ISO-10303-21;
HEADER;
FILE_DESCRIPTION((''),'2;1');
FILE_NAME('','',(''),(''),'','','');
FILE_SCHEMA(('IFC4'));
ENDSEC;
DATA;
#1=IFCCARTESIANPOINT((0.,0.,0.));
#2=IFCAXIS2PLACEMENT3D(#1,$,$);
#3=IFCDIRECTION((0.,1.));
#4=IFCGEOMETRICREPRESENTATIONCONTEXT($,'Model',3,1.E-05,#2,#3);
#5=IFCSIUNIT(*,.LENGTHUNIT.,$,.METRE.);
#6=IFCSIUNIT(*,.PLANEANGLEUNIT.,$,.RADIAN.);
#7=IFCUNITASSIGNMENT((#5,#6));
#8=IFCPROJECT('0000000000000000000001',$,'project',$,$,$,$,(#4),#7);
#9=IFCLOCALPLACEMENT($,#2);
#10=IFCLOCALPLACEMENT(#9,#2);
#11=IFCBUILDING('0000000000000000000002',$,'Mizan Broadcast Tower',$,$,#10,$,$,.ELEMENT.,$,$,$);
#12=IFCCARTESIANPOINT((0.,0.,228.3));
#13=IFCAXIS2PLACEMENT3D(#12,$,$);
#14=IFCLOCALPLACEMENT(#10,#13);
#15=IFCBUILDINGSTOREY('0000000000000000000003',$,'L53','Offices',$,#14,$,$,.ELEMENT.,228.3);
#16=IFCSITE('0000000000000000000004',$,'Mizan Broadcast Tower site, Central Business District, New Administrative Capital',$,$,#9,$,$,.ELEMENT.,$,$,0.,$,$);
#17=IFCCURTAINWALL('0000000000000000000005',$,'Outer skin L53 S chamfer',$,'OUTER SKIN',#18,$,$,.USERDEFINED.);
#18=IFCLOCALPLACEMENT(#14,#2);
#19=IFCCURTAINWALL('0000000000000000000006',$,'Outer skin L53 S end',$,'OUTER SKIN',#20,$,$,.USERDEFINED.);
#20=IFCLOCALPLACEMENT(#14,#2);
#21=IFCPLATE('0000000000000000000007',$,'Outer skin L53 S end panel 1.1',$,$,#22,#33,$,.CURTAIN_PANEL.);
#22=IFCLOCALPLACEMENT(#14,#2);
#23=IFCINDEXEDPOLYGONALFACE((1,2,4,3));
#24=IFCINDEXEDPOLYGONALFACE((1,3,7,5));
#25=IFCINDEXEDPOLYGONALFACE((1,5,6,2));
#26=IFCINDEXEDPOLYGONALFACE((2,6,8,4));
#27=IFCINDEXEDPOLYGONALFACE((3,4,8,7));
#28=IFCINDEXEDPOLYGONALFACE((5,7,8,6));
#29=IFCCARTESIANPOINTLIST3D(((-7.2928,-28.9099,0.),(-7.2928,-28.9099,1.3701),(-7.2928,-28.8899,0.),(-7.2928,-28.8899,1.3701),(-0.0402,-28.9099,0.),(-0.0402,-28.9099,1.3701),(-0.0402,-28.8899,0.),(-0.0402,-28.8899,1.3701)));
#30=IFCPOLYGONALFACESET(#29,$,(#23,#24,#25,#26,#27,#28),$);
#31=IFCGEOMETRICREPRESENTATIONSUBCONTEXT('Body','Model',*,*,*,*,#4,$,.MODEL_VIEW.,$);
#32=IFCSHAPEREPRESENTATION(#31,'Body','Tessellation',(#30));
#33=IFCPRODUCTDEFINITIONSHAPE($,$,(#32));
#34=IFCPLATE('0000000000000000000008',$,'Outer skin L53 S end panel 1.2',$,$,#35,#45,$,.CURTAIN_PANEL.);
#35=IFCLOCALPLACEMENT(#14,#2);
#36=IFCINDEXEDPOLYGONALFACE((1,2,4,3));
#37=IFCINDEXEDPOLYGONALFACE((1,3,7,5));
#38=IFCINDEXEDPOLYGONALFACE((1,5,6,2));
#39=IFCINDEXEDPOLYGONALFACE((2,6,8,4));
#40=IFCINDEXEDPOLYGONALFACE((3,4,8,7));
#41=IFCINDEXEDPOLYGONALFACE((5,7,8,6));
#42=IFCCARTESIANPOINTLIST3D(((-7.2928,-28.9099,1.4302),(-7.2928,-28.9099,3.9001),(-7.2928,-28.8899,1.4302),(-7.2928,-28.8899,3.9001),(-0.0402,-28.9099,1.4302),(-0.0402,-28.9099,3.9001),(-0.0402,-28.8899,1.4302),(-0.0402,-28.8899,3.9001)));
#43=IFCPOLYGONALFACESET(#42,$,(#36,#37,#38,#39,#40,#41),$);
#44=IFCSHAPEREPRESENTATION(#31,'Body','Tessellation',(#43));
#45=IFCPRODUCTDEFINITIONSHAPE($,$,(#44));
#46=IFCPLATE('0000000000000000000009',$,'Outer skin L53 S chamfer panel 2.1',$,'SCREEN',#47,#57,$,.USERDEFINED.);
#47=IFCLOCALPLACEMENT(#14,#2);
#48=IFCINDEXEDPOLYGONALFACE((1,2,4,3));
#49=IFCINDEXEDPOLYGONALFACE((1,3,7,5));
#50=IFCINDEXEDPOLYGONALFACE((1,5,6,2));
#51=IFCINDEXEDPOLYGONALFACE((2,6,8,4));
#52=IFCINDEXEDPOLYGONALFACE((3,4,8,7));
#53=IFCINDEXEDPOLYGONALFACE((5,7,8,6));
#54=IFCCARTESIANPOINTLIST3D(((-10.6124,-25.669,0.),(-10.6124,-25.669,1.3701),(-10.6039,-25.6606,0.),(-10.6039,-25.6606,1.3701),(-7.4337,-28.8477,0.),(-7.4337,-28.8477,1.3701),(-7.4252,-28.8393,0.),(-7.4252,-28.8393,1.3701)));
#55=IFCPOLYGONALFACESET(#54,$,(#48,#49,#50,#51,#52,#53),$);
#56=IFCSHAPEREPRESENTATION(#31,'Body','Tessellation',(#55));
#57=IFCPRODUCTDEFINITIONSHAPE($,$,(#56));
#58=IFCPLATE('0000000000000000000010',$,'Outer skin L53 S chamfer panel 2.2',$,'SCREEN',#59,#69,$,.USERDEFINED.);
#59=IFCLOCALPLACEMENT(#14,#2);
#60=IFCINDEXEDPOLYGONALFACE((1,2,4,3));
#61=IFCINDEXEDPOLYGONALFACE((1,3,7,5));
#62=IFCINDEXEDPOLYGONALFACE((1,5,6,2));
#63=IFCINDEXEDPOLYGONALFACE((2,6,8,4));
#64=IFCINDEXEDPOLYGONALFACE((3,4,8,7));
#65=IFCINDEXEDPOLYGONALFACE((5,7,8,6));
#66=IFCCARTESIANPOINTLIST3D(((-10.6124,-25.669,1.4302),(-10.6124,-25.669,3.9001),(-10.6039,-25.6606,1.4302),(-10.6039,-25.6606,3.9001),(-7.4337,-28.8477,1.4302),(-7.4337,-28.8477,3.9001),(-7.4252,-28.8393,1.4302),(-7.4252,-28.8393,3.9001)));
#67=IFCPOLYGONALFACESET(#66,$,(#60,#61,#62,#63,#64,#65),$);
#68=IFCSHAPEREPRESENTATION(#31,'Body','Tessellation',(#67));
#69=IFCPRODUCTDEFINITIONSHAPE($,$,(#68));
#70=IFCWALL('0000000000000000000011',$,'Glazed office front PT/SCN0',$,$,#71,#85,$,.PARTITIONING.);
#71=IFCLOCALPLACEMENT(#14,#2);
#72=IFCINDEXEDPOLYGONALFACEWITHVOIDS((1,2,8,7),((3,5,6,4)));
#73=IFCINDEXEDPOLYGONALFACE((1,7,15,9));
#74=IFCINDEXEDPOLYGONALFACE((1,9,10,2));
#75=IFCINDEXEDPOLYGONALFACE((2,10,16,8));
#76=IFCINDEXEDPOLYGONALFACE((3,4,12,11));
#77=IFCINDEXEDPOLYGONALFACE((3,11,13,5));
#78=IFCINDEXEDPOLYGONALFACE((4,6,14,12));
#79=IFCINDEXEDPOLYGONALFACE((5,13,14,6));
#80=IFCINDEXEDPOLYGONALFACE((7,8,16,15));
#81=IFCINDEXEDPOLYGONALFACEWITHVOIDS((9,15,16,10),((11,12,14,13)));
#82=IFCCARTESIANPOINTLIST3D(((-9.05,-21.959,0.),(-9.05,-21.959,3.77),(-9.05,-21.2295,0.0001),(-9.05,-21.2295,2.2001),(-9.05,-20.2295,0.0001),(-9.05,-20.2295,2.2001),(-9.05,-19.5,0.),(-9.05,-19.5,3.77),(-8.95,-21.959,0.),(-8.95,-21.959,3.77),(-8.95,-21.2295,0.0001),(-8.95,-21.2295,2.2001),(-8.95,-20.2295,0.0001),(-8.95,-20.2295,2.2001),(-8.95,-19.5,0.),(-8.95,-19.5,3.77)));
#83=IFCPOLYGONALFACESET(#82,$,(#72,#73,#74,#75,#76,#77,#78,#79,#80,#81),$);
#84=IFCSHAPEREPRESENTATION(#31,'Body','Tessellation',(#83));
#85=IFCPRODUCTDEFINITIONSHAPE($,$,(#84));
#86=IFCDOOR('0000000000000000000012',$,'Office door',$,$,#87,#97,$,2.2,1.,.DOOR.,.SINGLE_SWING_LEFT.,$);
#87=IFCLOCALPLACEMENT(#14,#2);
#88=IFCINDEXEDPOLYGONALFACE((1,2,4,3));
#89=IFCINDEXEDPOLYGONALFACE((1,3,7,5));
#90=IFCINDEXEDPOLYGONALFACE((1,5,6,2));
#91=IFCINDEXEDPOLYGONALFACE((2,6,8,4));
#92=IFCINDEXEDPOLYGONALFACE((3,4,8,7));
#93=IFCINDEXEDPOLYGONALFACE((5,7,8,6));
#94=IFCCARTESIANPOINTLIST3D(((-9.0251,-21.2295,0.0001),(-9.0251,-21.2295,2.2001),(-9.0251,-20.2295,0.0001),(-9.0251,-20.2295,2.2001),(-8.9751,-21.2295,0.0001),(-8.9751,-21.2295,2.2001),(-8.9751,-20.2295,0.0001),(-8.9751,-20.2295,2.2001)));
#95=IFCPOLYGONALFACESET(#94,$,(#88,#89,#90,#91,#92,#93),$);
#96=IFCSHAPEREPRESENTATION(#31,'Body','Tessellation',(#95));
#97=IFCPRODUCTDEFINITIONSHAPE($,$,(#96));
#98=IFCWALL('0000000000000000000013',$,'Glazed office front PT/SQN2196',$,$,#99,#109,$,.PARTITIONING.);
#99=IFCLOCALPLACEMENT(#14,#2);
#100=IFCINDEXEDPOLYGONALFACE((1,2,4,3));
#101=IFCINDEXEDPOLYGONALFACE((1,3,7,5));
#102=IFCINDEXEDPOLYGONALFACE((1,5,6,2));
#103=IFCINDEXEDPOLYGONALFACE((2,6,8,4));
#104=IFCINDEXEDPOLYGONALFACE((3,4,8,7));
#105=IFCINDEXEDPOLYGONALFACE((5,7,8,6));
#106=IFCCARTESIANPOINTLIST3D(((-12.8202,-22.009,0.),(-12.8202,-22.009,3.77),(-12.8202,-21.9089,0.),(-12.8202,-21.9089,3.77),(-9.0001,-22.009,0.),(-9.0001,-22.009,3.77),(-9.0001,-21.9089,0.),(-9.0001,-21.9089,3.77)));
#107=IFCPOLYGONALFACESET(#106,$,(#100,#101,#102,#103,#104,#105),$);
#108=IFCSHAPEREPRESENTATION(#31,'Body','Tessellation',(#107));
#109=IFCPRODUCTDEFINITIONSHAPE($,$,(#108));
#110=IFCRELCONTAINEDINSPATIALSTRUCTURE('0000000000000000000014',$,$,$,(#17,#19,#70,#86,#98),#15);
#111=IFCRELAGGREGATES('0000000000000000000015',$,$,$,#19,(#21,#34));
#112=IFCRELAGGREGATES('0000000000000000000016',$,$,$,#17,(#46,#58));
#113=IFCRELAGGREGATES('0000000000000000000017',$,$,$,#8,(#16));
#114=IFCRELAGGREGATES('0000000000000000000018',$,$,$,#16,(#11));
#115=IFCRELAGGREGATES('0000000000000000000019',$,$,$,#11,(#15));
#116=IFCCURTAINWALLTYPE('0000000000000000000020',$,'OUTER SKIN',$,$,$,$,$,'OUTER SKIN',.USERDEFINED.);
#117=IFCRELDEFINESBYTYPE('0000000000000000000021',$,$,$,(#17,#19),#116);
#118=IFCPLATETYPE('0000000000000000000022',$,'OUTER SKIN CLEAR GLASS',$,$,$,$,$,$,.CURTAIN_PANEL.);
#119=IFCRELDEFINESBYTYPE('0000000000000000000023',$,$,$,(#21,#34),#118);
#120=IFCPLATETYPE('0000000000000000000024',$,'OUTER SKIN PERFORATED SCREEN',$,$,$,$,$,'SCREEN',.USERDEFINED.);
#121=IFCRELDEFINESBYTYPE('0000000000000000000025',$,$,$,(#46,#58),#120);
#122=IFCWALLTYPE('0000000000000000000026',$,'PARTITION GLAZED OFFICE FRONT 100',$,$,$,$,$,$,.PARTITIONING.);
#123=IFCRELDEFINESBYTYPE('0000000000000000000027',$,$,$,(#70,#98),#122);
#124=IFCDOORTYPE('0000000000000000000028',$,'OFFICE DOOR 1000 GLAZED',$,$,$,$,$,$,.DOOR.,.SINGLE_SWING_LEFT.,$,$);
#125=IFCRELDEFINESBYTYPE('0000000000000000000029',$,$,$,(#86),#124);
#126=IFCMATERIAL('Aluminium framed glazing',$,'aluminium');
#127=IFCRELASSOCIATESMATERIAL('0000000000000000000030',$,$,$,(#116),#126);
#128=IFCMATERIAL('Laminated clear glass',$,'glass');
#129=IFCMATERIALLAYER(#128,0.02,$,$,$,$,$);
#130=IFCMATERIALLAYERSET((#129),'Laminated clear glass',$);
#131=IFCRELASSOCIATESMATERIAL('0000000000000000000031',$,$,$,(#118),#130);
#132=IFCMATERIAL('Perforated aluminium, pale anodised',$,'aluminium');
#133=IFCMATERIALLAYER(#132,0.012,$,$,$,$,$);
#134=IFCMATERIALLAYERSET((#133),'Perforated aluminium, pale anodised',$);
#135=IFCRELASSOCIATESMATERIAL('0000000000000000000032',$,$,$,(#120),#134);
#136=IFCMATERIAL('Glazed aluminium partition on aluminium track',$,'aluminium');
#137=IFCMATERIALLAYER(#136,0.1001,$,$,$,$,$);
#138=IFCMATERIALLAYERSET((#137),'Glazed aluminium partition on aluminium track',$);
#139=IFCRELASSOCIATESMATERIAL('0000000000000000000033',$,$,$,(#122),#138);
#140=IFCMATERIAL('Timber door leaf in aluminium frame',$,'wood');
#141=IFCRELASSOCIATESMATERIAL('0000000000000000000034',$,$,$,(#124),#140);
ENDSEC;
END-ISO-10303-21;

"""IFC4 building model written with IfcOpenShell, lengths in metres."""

from ifc_helpers import new_model, si_unit, direction, frame, frame_2d, origin, origin_2d, place, context, subcontext, project, spatial, rectangle, extrude, material, layer, layer_set, type_object, element, fill, aggregate, save


model = new_model("IFC4")

# Units and contexts
model_context = context("Model", 3, precision=1e-05, world=origin(), true_north=direction((0.0, 1.0)))
body_context = subcontext(model_context, "Body", "Model", "MODEL_VIEW")
ifc_project = project(units=[si_unit("LENGTHUNIT", "METRE"), si_unit("PLANEANGLEUNIT", "RADIAN")], contexts=[model_context])

# Site, building, storey
site_placement = place(None, origin())
site = spatial("IfcSite", under=ifc_project, at=site_placement, Name="Mizan Broadcast Tower site, Central Business District, New Administrative Capital", CompositionType="ELEMENT", RefElevation=0.0)
building_placement = place(site_placement, origin())
building = spatial("IfcBuilding", under=site, at=building_placement, Name="Mizan Broadcast Tower", CompositionType="ELEMENT")
storey_placement = place(building_placement, frame((0.0, 0.0, 228.3)))
storey = spatial("IfcBuildingStorey", under=building, at=storey_placement, Name="L53", Description="Offices", CompositionType="ELEMENT", Elevation=228.3)

# Curtain wall
ifc_material_1 = material(Name="Aluminium framed glazing", Category="aluminium")
curtain_wall_type_1 = type_object("IfcCurtainWallType", Name="OUTER SKIN", ElementType="OUTER SKIN", PredefinedType="USERDEFINED", material=ifc_material_1)
curtain_wall_1_placement = place(storey_placement, origin())
curtain_wall_1 = element("IfcCurtainWall", 1, at=curtain_wall_1_placement, inside=storey, type_object=curtain_wall_type_1, Name="Outer skin L53 S chamfer", ObjectType="OUTER SKIN", PredefinedType="USERDEFINED")

# Curtain wall
curtain_wall_2_placement = place(storey_placement, origin())
curtain_wall_2 = element("IfcCurtainWall", 2, at=curtain_wall_2_placement, inside=storey, type_object=curtain_wall_type_1, Name="Outer skin L53 S end", ObjectType="OUTER SKIN", PredefinedType="USERDEFINED")

# Plates
ifc_material_2 = material(Name="Laminated clear glass", Category="glass")
ifc_layer_1 = layer(ifc_material_2, 0.02)
ifc_layer_set_1 = layer_set([ifc_layer_1], Name="Laminated clear glass")
plate_type_1 = type_object("IfcPlateType", Name="OUTER SKIN CLEAR GLASS", PredefinedType="CURTAIN_PANEL", material=ifc_layer_set_1)
plate_1_placement = place(storey_placement, frame((-3.6665, -28.8999, 0.0), z_axis=(0.0, 0.0, 1.0), x_axis=(1.0, 0.0, 0.0)))
plate_1 = element("IfcPlate", 3, at=plate_1_placement, type_object=plate_type_1, Name="Outer skin L53 S end panel 1.1", PredefinedType="CURTAIN_PANEL", context=body_context, shape_type="SweptSolid", body=[
    extrude(rectangle(XDim=7.2527, YDim=0.02, at=origin_2d()), origin(), (0.0, 0.0, 1.0), 1.3701),
])
plate_2_placement = place(storey_placement, frame((-3.6665, -28.8999, 1.4302), z_axis=(0.0, 0.0, 1.0), x_axis=(1.0, 0.0, 0.0)))
plate_2 = element("IfcPlate", 4, at=plate_2_placement, type_object=plate_type_1, Name="Outer skin L53 S end panel 1.2", PredefinedType="CURTAIN_PANEL", context=body_context, shape_type="SweptSolid", body=[
    extrude(rectangle(XDim=7.2527, YDim=0.02, at=origin_2d()), origin(), (0.0, 0.0, 1.0), 2.47),
])
aggregate(curtain_wall_2, [plate_1, plate_2])
ifc_material_3 = material(Name="Perforated aluminium, pale anodised", Category="aluminium")
ifc_layer_2 = layer(ifc_material_3, 0.012)
ifc_layer_set_2 = layer_set([ifc_layer_2], Name="Perforated aluminium, pale anodised")
plate_type_2 = type_object("IfcPlateType", Name="OUTER SKIN PERFORATED SCREEN", ElementType="SCREEN", PredefinedType="USERDEFINED", material=ifc_layer_set_2)
plate_3_placement = place(storey_placement, frame((-9.0188, -27.2542, 0.0), z_axis=(0.0, 0.0, 1.0), x_axis=(0.707107, -0.707107, 0.0)))
plate_3 = element("IfcPlate", 5, at=plate_3_placement, type_object=plate_type_2, Name="Outer skin L53 S chamfer panel 2.1", ObjectType="SCREEN", PredefinedType="USERDEFINED", context=body_context, shape_type="SweptSolid", body=[
    extrude(rectangle(XDim=4.4954, YDim=0.012, at=origin_2d()), origin(), (0.0, 0.0, 1.0), 1.3701),
])
plate_4_placement = place(storey_placement, frame((-9.0188, -27.2542, 1.4302), z_axis=(0.0, 0.0, 1.0), x_axis=(0.707107, -0.707107, 0.0)))
plate_4 = element("IfcPlate", 6, at=plate_4_placement, type_object=plate_type_2, Name="Outer skin L53 S chamfer panel 2.2", ObjectType="SCREEN", PredefinedType="USERDEFINED", context=body_context, shape_type="SweptSolid", body=[
    extrude(rectangle(XDim=4.4954, YDim=0.012, at=origin_2d()), origin(), (0.0, 0.0, 1.0), 2.47),
])
aggregate(curtain_wall_1, [plate_3, plate_4])

# Wall, opening, door
ifc_material_4 = material(Name="Glazed aluminium partition on aluminium track", Category="aluminium")
ifc_layer_3 = layer(ifc_material_4, 0.1001)
ifc_layer_set_3 = layer_set([ifc_layer_3], Name="Glazed aluminium partition on aluminium track")
wall_type = type_object("IfcWallType", Name="PARTITION GLAZED OFFICE FRONT 100", PredefinedType="PARTITIONING", material=ifc_layer_set_3)
wall_1_placement = place(storey_placement, frame((-9.0, -19.5, 0.0), z_axis=(0.0, 0.0, 1.0), x_axis=(0.0, -1.0, 0.0)))
wall_1 = element("IfcWall", 7, at=wall_1_placement, inside=storey, type_object=wall_type, Name="Glazed office front PT/SCN0", PredefinedType="PARTITIONING", context=body_context, shape_type="SweptSolid", body=[
    extrude(rectangle(XDim=2.459, YDim=0.1001, at=frame_2d((1.2295, 0.0))), origin(), (0.0, 0.0, 1.0), 3.77),
])
opening_placement = place(wall_1_placement, frame((0.7295, 0.0, 0.0)))
opening = element("IfcOpeningElement", 8, at=opening_placement, cuts=wall_1, PredefinedType="OPENING", context=body_context, shape_type="SweptSolid", body=[
    extrude(rectangle(XDim=1.0, YDim=2.2, at=frame_2d((0.5, 1.1001))), frame((0.0, 0.0601, 0.0), z_axis=(0.0, -1.0, 0.0), x_axis=(1.0, 0.0, 0.0)), (0.0, 0.0, 1.0), 0.1201),
])
ifc_material_5 = material(Name="Timber door leaf in aluminium frame", Category="wood")
door_type = type_object("IfcDoorType", Name="OFFICE DOOR 1000 GLAZED", OperationType="SINGLE_SWING_LEFT", PredefinedType="DOOR", material=ifc_material_5)
door_placement = place(opening_placement, origin())
door = element("IfcDoor", 9, at=door_placement, inside=storey, type_object=door_type, Name="Office door", OperationType="SINGLE_SWING_LEFT", OverallHeight=2.2, OverallWidth=1.0, PredefinedType="DOOR", context=body_context, shape_type="SweptSolid", body=[
    extrude(rectangle(XDim=1.0, YDim=2.2, at=frame_2d((0.5, 1.1001))), frame((0.0, 0.0249, 0.0), z_axis=(0.0, -1.0, 0.0), x_axis=(1.0, 0.0, 0.0)), (0.0, 0.0, 1.0), 0.05),
])
fill(opening, door)

# Wall
wall_2_placement = place(storey_placement, frame((-9.0, -21.959, 0.0), z_axis=(0.0, 0.0, 1.0), x_axis=(-1.0, 0.0, 0.0)))
element("IfcWall", 10, at=wall_2_placement, inside=storey, type_object=wall_type, Name="Glazed office front PT/SQN2196", PredefinedType="PARTITIONING", context=body_context, shape_type="SweptSolid", body=[
    extrude(rectangle(XDim=3.8201, YDim=0.1001, at=frame_2d((1.9102, 0.0))), origin(), (0.0, 0.0, 1.0), 3.77),
])

save(model, "model.ifc")
